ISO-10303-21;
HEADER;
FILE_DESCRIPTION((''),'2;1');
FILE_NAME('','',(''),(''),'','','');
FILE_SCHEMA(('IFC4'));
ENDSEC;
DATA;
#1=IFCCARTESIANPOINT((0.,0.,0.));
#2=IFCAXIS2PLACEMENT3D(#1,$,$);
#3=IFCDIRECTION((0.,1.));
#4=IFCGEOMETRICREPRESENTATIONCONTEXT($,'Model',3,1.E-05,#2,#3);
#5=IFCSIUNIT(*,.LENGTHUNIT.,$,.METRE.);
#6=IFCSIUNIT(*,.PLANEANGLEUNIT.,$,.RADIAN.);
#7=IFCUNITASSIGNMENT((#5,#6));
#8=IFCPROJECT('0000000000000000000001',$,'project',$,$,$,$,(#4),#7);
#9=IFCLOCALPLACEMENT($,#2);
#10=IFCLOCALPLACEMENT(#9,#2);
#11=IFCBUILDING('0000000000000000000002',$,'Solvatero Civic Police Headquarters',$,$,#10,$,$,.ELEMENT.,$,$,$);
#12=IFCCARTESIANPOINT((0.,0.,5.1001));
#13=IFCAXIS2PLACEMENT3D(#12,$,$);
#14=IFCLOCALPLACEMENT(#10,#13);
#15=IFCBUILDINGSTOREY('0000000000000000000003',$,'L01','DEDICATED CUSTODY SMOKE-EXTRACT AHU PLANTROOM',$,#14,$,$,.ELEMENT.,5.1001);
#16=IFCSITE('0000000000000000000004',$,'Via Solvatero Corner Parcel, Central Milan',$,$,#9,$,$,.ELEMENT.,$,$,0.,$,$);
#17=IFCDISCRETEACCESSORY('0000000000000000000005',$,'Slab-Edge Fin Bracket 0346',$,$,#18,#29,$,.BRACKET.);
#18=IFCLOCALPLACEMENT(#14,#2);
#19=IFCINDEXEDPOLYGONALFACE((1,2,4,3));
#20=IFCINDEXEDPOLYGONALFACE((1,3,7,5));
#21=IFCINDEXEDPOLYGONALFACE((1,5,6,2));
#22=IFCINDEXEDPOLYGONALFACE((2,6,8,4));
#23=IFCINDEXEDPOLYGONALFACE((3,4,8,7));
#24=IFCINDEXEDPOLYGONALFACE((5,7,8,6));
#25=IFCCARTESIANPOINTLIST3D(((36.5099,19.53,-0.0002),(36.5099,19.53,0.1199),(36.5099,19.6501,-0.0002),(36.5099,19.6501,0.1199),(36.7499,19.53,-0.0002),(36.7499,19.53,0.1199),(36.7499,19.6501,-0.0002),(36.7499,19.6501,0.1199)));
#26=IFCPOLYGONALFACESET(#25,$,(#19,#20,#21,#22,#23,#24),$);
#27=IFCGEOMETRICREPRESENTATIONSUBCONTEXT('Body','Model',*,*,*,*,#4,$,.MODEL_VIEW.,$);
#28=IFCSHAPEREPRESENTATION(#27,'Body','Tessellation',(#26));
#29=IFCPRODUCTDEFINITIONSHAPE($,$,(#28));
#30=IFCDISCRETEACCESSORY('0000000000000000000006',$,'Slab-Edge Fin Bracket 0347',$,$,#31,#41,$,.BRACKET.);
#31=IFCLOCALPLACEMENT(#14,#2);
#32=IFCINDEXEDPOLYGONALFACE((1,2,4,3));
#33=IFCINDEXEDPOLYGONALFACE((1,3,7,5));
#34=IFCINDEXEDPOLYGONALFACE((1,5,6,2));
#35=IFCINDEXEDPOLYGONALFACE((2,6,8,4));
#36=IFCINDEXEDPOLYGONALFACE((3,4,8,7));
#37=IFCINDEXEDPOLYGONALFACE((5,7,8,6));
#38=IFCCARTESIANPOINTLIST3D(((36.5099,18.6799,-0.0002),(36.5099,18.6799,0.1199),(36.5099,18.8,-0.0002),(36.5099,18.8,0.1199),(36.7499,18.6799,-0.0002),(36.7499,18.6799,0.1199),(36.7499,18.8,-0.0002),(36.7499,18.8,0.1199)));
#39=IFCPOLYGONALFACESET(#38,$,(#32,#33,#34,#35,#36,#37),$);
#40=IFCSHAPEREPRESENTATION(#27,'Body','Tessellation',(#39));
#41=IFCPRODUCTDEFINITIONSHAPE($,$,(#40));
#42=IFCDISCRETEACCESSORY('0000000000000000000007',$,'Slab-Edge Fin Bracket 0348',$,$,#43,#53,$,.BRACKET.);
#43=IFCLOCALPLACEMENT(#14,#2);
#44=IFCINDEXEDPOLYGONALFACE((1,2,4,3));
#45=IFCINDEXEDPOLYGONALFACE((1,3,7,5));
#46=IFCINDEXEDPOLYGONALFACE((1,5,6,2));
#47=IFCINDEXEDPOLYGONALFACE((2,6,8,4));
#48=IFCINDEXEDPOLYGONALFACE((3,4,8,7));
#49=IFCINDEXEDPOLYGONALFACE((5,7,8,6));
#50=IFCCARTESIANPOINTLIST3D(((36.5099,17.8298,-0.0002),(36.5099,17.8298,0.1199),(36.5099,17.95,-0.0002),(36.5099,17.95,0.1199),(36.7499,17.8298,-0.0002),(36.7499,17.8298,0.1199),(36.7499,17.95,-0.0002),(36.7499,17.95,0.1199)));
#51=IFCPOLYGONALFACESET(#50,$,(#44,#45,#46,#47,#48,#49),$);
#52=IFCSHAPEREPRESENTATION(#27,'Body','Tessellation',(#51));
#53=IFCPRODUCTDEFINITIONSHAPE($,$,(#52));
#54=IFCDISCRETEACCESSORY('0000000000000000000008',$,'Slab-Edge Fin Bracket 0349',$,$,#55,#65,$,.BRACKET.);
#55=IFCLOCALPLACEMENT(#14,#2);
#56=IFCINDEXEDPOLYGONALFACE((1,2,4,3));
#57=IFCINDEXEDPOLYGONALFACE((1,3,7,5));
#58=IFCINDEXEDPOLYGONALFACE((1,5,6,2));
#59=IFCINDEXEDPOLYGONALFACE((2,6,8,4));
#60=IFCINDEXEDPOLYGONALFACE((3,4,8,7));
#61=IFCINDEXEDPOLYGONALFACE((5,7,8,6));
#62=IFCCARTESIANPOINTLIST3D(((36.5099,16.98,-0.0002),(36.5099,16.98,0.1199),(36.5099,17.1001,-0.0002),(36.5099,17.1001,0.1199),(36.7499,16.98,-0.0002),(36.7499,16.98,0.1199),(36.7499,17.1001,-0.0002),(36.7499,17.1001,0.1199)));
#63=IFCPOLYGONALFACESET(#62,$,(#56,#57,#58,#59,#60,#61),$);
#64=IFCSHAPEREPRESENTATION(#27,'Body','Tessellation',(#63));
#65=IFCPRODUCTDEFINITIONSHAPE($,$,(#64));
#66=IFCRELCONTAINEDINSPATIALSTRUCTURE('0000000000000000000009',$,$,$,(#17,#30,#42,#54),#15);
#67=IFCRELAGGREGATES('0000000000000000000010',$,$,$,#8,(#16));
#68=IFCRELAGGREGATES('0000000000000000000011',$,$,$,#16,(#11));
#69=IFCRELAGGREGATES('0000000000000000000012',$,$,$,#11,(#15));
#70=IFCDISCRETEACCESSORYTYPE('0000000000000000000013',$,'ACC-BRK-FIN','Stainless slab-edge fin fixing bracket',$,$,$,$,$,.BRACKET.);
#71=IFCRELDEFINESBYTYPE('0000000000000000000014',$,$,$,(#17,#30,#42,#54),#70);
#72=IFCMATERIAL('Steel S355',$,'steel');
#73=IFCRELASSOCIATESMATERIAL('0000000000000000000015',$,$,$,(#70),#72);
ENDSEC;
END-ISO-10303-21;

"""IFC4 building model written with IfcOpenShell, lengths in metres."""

from ifc_helpers import new_model, si_unit, direction, frame, origin, origin_2d, place, context, subcontext, project, spatial, rectangle, extrude, material, type_object, element, save


model = new_model("IFC4")

# Units and contexts
model_context = context("Model", 3, precision=1e-05, world=origin(), true_north=direction((0.0, 1.0)))
body_context = subcontext(model_context, "Body", "Model", "MODEL_VIEW")
ifc_project = project(units=[si_unit("LENGTHUNIT", "METRE"), si_unit("PLANEANGLEUNIT", "RADIAN")], contexts=[model_context])

# Site, building, storey
site_placement = place(None, origin())
site = spatial("IfcSite", under=ifc_project, at=site_placement, Name="Via Solvatero Corner Parcel, Central Milan", CompositionType="ELEMENT", RefElevation=0.0)
building_placement = place(site_placement, origin())
building = spatial("IfcBuilding", under=site, at=building_placement, Name="Solvatero Civic Police Headquarters", CompositionType="ELEMENT")
storey_placement = place(building_placement, frame((0.0, 0.0, 5.1001)))
storey = spatial("IfcBuildingStorey", under=building, at=storey_placement, Name="L01", Description="DEDICATED CUSTODY SMOKE-EXTRACT AHU PLANTROOM", CompositionType="ELEMENT", Elevation=5.1001)

# Discrete accessories
ifc_material_1 = material(Name="Steel S355", Category="steel")
discrete_accessory_type = type_object("IfcDiscreteAccessoryType", Name="ACC-BRK-FIN", Description="Stainless slab-edge fin fixing bracket", PredefinedType="BRACKET", material=ifc_material_1)
for number, where, z_axis, x_axis, name in (
    (1, (36.6299, 19.5901, -0.0002), (0.0, 0.0, 1.0), (0.0, -1.0, 0.0), "Slab-Edge Fin Bracket 0346"),
    (2, (36.6299, 18.74, -0.0002), (0.0, 0.0, 1.0), (0.0, -1.0, 0.0), "Slab-Edge Fin Bracket 0347"),
    (3, (36.6299, 17.8899, -0.0002), (0.0, 0.0, 1.0), (0.0, -1.0, 0.0), "Slab-Edge Fin Bracket 0348"),
    (4, (36.6299, 17.04, -0.0002), (0.0, 0.0, 1.0), (0.0, -1.0, 0.0), "Slab-Edge Fin Bracket 0349"),
):
    element("IfcDiscreteAccessory", number, at=place(storey_placement, frame(where, z_axis=z_axis, x_axis=x_axis)), inside=storey, type_object=discrete_accessory_type, Name=name, PredefinedType="BRACKET", context=body_context, shape_type="SweptSolid", body=[
        extrude(rectangle(XDim=0.1201, YDim=0.24, at=origin_2d()), origin(), (0.0, 0.0, 1.0), 0.1201),
    ])

save(model, "model.ifc")
